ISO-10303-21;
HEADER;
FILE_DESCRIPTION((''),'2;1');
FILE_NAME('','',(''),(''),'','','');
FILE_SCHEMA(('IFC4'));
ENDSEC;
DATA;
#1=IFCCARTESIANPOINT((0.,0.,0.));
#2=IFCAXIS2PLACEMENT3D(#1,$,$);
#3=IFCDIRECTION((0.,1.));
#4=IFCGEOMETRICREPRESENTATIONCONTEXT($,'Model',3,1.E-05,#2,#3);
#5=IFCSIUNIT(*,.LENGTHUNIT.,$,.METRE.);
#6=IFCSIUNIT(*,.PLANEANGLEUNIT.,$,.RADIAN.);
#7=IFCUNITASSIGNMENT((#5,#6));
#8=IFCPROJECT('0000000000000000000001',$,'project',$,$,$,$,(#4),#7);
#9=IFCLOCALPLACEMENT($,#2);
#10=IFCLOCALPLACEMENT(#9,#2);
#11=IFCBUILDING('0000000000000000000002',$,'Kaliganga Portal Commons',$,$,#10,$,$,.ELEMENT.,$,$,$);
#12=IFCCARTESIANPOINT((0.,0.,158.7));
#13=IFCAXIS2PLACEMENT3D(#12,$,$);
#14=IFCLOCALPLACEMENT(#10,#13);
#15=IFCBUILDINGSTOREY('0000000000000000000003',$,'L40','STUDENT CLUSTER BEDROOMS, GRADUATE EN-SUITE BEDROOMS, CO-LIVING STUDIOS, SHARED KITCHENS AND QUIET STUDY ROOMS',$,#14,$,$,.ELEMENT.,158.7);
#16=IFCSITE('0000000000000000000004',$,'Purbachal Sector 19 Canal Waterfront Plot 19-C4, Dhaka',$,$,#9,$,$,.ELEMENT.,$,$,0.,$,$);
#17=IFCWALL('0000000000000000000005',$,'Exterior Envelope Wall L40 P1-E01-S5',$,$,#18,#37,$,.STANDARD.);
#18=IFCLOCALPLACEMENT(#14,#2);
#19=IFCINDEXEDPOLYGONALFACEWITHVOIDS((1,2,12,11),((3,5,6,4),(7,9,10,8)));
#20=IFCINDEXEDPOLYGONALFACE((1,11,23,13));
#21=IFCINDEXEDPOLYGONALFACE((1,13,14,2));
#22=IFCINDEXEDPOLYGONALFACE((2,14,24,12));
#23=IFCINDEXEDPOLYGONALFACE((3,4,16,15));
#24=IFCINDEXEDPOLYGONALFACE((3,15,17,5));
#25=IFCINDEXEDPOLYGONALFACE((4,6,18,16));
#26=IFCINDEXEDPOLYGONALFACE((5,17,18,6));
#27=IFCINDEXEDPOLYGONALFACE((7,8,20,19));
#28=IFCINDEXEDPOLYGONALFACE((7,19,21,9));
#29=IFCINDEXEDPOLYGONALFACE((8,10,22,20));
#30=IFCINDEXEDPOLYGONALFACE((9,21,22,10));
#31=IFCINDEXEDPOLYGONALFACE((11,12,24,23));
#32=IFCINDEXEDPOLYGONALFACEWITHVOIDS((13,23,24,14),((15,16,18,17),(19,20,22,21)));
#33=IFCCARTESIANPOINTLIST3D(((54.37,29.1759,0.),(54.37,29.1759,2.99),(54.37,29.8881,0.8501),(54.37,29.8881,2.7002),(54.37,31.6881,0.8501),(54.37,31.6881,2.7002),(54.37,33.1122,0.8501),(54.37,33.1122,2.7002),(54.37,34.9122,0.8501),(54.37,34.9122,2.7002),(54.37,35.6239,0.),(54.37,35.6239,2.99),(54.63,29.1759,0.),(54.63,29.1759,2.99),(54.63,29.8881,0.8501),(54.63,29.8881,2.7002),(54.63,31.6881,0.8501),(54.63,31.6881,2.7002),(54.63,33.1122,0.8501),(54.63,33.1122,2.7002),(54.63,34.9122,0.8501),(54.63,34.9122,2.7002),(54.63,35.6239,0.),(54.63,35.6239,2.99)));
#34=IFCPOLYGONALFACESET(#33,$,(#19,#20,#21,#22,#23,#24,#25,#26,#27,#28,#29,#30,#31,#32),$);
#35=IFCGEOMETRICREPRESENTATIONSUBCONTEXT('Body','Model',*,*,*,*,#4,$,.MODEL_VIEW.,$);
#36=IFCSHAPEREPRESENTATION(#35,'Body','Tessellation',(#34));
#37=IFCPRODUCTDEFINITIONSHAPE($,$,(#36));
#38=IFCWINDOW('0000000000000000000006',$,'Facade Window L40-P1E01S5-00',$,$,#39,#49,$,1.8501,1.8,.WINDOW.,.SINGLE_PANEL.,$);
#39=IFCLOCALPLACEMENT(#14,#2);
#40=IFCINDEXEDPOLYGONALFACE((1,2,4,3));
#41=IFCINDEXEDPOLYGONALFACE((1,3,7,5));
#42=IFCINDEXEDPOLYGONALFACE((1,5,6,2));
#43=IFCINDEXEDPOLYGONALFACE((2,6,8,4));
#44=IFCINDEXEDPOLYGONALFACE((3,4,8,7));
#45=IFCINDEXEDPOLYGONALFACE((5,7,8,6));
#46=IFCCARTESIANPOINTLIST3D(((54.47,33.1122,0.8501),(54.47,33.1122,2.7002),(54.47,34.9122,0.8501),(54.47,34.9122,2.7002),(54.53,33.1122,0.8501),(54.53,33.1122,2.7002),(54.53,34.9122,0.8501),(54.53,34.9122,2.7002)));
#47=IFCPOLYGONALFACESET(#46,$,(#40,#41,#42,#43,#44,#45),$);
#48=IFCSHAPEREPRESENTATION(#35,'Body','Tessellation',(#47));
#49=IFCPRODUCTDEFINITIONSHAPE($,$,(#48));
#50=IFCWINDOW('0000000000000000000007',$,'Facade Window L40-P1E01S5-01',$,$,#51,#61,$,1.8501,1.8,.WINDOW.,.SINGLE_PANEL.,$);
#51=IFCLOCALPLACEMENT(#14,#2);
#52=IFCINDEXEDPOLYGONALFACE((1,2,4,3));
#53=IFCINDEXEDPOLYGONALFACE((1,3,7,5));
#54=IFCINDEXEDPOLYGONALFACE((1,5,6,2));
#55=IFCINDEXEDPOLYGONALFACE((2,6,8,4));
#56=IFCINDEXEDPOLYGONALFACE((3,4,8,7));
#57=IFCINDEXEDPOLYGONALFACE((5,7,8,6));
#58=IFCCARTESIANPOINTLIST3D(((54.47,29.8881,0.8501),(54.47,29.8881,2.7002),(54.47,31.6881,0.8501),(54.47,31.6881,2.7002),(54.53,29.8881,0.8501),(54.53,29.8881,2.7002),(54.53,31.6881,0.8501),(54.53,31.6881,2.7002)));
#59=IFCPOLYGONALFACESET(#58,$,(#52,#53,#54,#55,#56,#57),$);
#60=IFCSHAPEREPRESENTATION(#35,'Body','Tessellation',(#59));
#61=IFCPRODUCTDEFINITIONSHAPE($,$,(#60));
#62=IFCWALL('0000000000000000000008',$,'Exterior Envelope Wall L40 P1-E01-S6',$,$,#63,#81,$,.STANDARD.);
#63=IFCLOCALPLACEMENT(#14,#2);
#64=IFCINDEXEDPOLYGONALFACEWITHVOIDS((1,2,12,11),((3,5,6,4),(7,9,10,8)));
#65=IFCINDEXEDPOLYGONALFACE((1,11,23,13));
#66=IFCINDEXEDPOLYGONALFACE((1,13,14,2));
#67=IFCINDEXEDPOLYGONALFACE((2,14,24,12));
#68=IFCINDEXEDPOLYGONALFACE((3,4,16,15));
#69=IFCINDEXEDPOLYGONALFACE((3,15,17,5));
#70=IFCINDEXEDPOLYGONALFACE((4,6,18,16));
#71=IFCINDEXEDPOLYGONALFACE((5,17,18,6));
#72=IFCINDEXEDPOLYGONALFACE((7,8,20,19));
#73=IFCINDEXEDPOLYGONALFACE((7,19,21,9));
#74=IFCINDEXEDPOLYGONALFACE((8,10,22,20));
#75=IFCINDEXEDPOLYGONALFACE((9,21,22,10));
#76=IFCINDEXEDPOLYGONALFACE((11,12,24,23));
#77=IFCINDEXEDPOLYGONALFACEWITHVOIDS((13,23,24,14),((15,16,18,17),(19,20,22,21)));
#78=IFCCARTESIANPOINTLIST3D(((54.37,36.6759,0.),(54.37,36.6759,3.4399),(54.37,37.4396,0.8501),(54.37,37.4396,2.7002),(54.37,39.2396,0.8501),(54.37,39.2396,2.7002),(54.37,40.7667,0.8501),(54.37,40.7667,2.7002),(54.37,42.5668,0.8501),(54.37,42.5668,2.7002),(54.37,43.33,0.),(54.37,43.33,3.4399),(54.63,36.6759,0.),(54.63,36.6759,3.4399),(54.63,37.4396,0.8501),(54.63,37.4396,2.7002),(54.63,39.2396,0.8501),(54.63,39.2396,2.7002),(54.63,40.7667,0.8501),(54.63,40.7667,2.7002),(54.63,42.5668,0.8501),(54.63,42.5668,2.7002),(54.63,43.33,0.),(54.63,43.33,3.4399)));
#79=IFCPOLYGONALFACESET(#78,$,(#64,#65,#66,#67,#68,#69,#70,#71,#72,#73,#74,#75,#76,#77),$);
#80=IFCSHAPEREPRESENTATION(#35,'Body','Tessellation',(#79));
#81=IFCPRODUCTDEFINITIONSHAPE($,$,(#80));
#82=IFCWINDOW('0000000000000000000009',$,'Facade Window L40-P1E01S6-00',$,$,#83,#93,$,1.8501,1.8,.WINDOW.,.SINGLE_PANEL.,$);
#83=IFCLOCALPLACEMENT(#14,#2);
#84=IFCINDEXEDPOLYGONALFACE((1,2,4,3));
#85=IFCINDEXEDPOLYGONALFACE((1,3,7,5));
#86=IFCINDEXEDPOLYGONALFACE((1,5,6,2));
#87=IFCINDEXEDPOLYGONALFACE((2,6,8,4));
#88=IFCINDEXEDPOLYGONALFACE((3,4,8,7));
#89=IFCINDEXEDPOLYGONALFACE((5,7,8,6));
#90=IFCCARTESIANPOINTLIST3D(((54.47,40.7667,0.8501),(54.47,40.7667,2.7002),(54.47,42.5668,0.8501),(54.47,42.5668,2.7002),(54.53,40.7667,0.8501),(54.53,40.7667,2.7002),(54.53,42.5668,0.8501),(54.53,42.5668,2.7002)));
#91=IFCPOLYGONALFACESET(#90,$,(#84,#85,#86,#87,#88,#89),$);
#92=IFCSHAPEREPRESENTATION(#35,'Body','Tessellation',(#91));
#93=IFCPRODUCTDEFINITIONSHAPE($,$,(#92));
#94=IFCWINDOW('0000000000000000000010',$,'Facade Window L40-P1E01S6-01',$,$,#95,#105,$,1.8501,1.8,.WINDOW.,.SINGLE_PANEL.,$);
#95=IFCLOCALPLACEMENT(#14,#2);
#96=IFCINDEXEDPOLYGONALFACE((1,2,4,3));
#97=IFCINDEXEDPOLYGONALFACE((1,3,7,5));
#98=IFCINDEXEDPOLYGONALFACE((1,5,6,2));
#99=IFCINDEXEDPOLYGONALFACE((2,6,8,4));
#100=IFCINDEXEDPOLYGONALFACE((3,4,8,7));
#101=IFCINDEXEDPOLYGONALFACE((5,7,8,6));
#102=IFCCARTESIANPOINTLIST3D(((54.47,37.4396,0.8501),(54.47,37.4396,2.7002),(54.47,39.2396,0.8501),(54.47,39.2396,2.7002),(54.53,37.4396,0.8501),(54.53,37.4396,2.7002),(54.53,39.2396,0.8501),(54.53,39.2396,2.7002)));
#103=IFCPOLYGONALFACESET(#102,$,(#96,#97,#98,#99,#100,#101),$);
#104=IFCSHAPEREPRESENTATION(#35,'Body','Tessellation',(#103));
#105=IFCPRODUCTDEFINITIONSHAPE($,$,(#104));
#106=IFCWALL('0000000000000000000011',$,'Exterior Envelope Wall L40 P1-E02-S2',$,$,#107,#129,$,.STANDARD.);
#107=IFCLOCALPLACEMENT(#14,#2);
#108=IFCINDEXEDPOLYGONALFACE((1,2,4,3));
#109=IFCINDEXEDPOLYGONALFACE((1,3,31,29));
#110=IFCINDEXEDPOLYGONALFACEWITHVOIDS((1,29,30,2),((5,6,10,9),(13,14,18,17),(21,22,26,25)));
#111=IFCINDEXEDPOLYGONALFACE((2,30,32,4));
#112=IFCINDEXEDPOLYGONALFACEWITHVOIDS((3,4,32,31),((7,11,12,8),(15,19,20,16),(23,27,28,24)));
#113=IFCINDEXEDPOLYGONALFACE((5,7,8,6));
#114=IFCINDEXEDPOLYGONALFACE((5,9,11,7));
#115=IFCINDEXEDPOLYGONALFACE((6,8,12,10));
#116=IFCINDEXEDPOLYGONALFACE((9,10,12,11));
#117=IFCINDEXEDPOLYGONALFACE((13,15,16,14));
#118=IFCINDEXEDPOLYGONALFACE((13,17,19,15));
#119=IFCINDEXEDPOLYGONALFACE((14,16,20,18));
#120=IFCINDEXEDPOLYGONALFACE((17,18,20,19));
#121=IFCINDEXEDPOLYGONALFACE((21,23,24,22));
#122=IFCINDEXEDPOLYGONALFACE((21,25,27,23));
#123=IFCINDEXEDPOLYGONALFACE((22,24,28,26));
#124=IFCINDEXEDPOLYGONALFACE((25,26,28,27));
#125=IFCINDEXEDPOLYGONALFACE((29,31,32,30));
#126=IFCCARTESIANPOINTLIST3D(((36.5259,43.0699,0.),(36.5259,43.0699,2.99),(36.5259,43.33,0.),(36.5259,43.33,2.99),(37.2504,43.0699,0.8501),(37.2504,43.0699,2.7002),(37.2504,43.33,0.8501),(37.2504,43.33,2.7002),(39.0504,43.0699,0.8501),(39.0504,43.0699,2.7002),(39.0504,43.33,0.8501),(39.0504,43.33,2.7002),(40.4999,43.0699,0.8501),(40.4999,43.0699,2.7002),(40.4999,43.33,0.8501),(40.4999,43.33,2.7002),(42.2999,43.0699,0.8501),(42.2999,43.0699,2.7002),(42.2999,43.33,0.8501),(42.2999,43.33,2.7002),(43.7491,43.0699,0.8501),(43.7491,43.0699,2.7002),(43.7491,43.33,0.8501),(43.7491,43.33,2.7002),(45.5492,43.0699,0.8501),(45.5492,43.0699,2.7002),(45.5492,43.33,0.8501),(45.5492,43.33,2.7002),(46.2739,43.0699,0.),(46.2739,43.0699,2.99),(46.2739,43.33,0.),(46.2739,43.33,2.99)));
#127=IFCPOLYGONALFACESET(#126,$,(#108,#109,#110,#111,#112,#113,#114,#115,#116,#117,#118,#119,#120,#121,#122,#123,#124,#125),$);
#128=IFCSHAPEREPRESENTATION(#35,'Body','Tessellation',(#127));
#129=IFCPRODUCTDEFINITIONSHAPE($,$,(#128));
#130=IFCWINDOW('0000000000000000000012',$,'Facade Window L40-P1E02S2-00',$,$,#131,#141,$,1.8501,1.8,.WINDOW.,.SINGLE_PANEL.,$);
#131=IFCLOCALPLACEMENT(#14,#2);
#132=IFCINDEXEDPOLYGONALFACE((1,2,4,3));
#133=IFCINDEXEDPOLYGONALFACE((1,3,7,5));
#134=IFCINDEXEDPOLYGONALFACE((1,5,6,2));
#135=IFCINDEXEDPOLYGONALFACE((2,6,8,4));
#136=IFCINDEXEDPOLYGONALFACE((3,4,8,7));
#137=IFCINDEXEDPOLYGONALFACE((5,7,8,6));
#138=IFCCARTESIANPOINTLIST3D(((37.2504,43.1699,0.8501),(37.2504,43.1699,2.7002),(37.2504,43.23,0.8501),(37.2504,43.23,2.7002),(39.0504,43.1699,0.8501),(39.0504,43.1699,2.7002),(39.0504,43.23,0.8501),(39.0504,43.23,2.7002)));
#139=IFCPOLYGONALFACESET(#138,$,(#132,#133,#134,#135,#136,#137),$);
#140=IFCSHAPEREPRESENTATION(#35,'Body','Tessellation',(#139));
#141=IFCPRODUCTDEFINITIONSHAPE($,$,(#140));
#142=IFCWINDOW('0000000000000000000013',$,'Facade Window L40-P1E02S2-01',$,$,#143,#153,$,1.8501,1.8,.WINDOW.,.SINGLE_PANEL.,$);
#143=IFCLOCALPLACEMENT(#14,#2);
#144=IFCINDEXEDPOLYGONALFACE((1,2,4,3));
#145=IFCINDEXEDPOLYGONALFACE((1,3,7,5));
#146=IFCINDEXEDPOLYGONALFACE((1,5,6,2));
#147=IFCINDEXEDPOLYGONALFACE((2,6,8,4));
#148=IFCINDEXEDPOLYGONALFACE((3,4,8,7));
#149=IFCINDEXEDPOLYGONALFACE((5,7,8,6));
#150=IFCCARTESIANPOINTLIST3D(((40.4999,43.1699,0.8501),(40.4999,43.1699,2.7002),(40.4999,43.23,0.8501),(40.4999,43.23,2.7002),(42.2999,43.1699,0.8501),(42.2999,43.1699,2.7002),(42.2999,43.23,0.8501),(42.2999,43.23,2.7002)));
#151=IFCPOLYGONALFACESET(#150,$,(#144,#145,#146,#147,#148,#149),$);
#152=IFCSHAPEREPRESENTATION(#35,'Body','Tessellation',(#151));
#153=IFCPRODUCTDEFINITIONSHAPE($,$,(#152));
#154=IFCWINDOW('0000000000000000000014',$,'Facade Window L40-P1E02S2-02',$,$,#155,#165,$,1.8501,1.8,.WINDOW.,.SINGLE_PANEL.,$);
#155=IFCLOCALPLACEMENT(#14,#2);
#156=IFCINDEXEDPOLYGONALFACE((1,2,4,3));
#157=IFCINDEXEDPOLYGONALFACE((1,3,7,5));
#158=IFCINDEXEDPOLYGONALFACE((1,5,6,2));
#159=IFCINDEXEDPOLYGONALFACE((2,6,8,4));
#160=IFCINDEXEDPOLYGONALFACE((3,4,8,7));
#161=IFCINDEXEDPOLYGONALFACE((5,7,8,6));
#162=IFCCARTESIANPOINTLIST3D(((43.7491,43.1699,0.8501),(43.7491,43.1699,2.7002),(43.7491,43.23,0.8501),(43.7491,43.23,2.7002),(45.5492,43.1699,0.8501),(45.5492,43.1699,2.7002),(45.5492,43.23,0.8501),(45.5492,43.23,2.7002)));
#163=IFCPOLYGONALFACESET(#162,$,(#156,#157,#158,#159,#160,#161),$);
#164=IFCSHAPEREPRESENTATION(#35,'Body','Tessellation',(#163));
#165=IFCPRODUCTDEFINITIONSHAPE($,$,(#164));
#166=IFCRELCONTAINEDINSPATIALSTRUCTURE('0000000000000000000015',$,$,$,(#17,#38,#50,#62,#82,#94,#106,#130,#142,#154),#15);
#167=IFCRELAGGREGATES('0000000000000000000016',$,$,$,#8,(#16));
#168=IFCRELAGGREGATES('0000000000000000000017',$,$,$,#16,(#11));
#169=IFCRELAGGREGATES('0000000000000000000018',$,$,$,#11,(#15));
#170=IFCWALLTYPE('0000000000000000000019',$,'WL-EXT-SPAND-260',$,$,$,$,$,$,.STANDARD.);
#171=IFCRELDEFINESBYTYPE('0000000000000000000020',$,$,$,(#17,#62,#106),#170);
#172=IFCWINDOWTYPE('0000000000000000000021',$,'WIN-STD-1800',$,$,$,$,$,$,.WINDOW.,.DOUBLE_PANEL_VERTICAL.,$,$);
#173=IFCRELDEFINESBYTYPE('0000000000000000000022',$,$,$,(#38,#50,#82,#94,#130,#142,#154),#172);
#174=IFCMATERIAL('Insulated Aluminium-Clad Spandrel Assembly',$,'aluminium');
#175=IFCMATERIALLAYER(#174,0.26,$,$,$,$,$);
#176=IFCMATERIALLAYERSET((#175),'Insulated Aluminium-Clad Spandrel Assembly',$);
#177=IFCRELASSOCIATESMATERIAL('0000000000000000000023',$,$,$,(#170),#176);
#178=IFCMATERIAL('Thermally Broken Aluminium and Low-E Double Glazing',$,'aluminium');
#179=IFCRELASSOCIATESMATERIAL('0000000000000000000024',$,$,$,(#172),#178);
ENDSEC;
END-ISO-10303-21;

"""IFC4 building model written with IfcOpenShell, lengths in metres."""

from ifc_helpers import new_model, si_unit, direction, frame, frame_2d, origin, place, context, subcontext, project, spatial, rectangle, extrude, material, layer, layer_set, type_object, element, fill, save


model = new_model("IFC4")

# Units and contexts
model_context = context("Model", 3, precision=1e-05, world=origin(), true_north=direction((0.0, 1.0)))
body_context = subcontext(model_context, "Body", "Model", "MODEL_VIEW")
ifc_project = project(units=[si_unit("LENGTHUNIT", "METRE"), si_unit("PLANEANGLEUNIT", "RADIAN")], contexts=[model_context])

# Site, building, storey
site_placement = place(None, origin())
site = spatial("IfcSite", under=ifc_project, at=site_placement, Name="Purbachal Sector 19 Canal Waterfront Plot 19-C4, Dhaka", CompositionType="ELEMENT", RefElevation=0.0)
building_placement = place(site_placement, origin())
building = spatial("IfcBuilding", under=site, at=building_placement, Name="Kaliganga Portal Commons", CompositionType="ELEMENT")
storey_placement = place(building_placement, frame((0.0, 0.0, 158.7)))
storey = spatial("IfcBuildingStorey", under=building, at=storey_placement, Name="L40", Description="STUDENT CLUSTER BEDROOMS, GRADUATE EN-SUITE BEDROOMS, CO-LIVING STUDIOS, SHARED KITCHENS AND QUIET STUDY ROOMS", CompositionType="ELEMENT", Elevation=158.7)

# Walls, openings, windows
ifc_material_1 = material(Name="Insulated Aluminium-Clad Spandrel Assembly", Category="aluminium")
ifc_layer_1 = layer(ifc_material_1, 0.26)
ifc_layer_set_1 = layer_set([ifc_layer_1], Name="Insulated Aluminium-Clad Spandrel Assembly")
wall_type_1 = type_object("IfcWallType", Name="WL-EXT-SPAND-260", PredefinedType="STANDARD", material=ifc_layer_set_1)
wall_1_placement = place(storey_placement, frame((54.5, 35.624, 0.0), z_axis=(0.0, 0.0, 1.0), x_axis=(0.0, -1.0, 0.0)))
wall_1 = element("IfcWall", 1, at=wall_1_placement, inside=storey, type_object=wall_type_1, Name="Exterior Envelope Wall L40 P1-E01-S5", PredefinedType="STANDARD", context=body_context, shape_type="SweptSolid", body=[
    extrude(rectangle(XDim=6.448, YDim=0.26, at=frame_2d((3.2241, 0.0))), origin(), (0.0, 0.0, 1.0), 2.99),
])
opening_1_placement = place(wall_1_placement, frame((0.7119, 0.0, 0.8501)))
opening_1 = element("IfcOpeningElement", 2, at=opening_1_placement, cuts=wall_1, PredefinedType="OPENING", context=body_context, shape_type="SweptSolid", body=[
    extrude(rectangle(XDim=1.8, YDim=1.8501, at=frame_2d((0.8999, 0.925))), frame((0.0, 0.1401, 0.0), z_axis=(0.0, -1.0, 0.0), x_axis=(1.0, 0.0, 0.0)), (0.0, 0.0, 1.0), 0.28),
])
opening_2_placement = place(wall_1_placement, frame((3.936, 0.0, 0.8501)))
opening_2 = element("IfcOpeningElement", 3, at=opening_2_placement, cuts=wall_1, PredefinedType="OPENING", context=body_context, shape_type="SweptSolid", body=[
    extrude(rectangle(XDim=1.8, YDim=1.8501, at=frame_2d((0.8999, 0.925))), frame((0.0, 0.1401, 0.0), z_axis=(0.0, -1.0, 0.0), x_axis=(1.0, 0.0, 0.0)), (0.0, 0.0, 1.0), 0.28),
])
ifc_material_2 = material(Name="Thermally Broken Aluminium and Low-E Double Glazing", Category="aluminium")
window_type = type_object("IfcWindowType", Name="WIN-STD-1800", PartitioningType="DOUBLE_PANEL_VERTICAL", PredefinedType="WINDOW", material=ifc_material_2)
window_1_placement = place(opening_1_placement, origin())
window_1 = element("IfcWindow", 4, at=window_1_placement, inside=storey, type_object=window_type, Name="Facade Window L40-P1E01S5-00", OverallHeight=1.8501, OverallWidth=1.8, PartitioningType="SINGLE_PANEL", PredefinedType="WINDOW", context=body_context, shape_type="SweptSolid", body=[
    extrude(rectangle(XDim=1.8, YDim=1.8501, at=frame_2d((0.8999, 0.925))), frame((0.0, 0.03, 0.0), z_axis=(0.0, -1.0, 0.0), x_axis=(1.0, 0.0, 0.0)), (0.0, 0.0, 1.0), 0.0601),
])
fill(opening_1, window_1)
window_2_placement = place(opening_2_placement, origin())
window_2 = element("IfcWindow", 5, at=window_2_placement, inside=storey, type_object=window_type, Name="Facade Window L40-P1E01S5-01", OverallHeight=1.8501, OverallWidth=1.8, PartitioningType="SINGLE_PANEL", PredefinedType="WINDOW", context=body_context, shape_type="SweptSolid", body=[
    extrude(rectangle(XDim=1.8, YDim=1.8501, at=frame_2d((0.8999, 0.925))), frame((0.0, 0.03, 0.0), z_axis=(0.0, -1.0, 0.0), x_axis=(1.0, 0.0, 0.0)), (0.0, 0.0, 1.0), 0.0601),
])
fill(opening_2, window_2)
wall_2_placement = place(storey_placement, frame((54.5, 43.3301, 0.0), z_axis=(0.0, 0.0, 1.0), x_axis=(0.0, -1.0, 0.0)))
wall_2 = element("IfcWall", 6, at=wall_2_placement, inside=storey, type_object=wall_type_1, Name="Exterior Envelope Wall L40 P1-E01-S6", PredefinedType="STANDARD", context=body_context, shape_type="SweptSolid", body=[
    extrude(rectangle(XDim=6.6541, YDim=0.26, at=frame_2d((3.3271, 0.0))), origin(), (0.0, 0.0, 1.0), 3.4399),
])
opening_3_placement = place(wall_2_placement, frame((0.7634, 0.0, 0.8501)))
opening_3 = element("IfcOpeningElement", 7, at=opening_3_placement, cuts=wall_2, PredefinedType="OPENING", context=body_context, shape_type="SweptSolid", body=[
    extrude(rectangle(XDim=1.8, YDim=1.8501, at=frame_2d((0.8999, 0.925))), frame((0.0, 0.1401, 0.0), z_axis=(0.0, -1.0, 0.0), x_axis=(1.0, 0.0, 0.0)), (0.0, 0.0, 1.0), 0.28),
])
opening_4_placement = place(wall_2_placement, frame((4.0906, 0.0, 0.8501)))
opening_4 = element("IfcOpeningElement", 8, at=opening_4_placement, cuts=wall_2, PredefinedType="OPENING", context=body_context, shape_type="SweptSolid", body=[
    extrude(rectangle(XDim=1.8, YDim=1.8501, at=frame_2d((0.8999, 0.925))), frame((0.0, 0.1401, 0.0), z_axis=(0.0, -1.0, 0.0), x_axis=(1.0, 0.0, 0.0)), (0.0, 0.0, 1.0), 0.28),
])
window_3_placement = place(opening_3_placement, origin())
window_3 = element("IfcWindow", 9, at=window_3_placement, inside=storey, type_object=window_type, Name="Facade Window L40-P1E01S6-00", OverallHeight=1.8501, OverallWidth=1.8, PartitioningType="SINGLE_PANEL", PredefinedType="WINDOW", context=body_context, shape_type="SweptSolid", body=[
    extrude(rectangle(XDim=1.8, YDim=1.8501, at=frame_2d((0.8999, 0.925))), frame((0.0, 0.03, 0.0), z_axis=(0.0, -1.0, 0.0), x_axis=(1.0, 0.0, 0.0)), (0.0, 0.0, 1.0), 0.0601),
])
fill(opening_3, window_3)
window_4_placement = place(opening_4_placement, origin())
window_4 = element("IfcWindow", 10, at=window_4_placement, inside=storey, type_object=window_type, Name="Facade Window L40-P1E01S6-01", OverallHeight=1.8501, OverallWidth=1.8, PartitioningType="SINGLE_PANEL", PredefinedType="WINDOW", context=body_context, shape_type="SweptSolid", body=[
    extrude(rectangle(XDim=1.8, YDim=1.8501, at=frame_2d((0.8999, 0.925))), frame((0.0, 0.03, 0.0), z_axis=(0.0, -1.0, 0.0), x_axis=(1.0, 0.0, 0.0)), (0.0, 0.0, 1.0), 0.0601),
])
fill(opening_4, window_4)

# Wall, openings, windows
wall_3_placement = place(storey_placement, frame((36.5259, 43.2, 0.0), z_axis=(0.0, 0.0, 1.0), x_axis=(1.0, 0.0, 0.0)))
wall_3 = element("IfcWall", 11, at=wall_3_placement, inside=storey, type_object=wall_type_1, Name="Exterior Envelope Wall L40 P1-E02-S2", PredefinedType="STANDARD", context=body_context, shape_type="SweptSolid", body=[
    extrude(rectangle(XDim=9.748, YDim=0.26, at=frame_2d((4.874, 0.0))), origin(), (0.0, 0.0, 1.0), 2.99),
])
opening_5_placement = place(wall_3_placement, frame((0.7246, 0.0, 0.8501)))
opening_5 = element("IfcOpeningElement", 12, at=opening_5_placement, cuts=wall_3, PredefinedType="OPENING", context=body_context, shape_type="SweptSolid", body=[
    extrude(rectangle(XDim=1.8, YDim=1.8501, at=frame_2d((0.8999, 0.925))), frame((0.0, 0.1401, 0.0), z_axis=(0.0, -1.0, 0.0), x_axis=(1.0, 0.0, 0.0)), (0.0, 0.0, 1.0), 0.28),
])
opening_6_placement = place(wall_3_placement, frame((3.9741, 0.0, 0.8501)))
opening_6 = element("IfcOpeningElement", 13, at=opening_6_placement, cuts=wall_3, PredefinedType="OPENING", context=body_context, shape_type="SweptSolid", body=[
    extrude(rectangle(XDim=1.8, YDim=1.8501, at=frame_2d((0.8999, 0.925))), frame((0.0, 0.1401, 0.0), z_axis=(0.0, -1.0, 0.0), x_axis=(1.0, 0.0, 0.0)), (0.0, 0.0, 1.0), 0.28),
])
opening_7_placement = place(wall_3_placement, frame((7.2234, 0.0, 0.8501)))
opening_7 = element("IfcOpeningElement", 14, at=opening_7_placement, cuts=wall_3, PredefinedType="OPENING", context=body_context, shape_type="SweptSolid", body=[
    extrude(rectangle(XDim=1.8, YDim=1.8501, at=frame_2d((0.8999, 0.925))), frame((0.0, 0.1401, 0.0), z_axis=(0.0, -1.0, 0.0), x_axis=(1.0, 0.0, 0.0)), (0.0, 0.0, 1.0), 0.28),
])
window_5_placement = place(opening_5_placement, origin())
window_5 = element("IfcWindow", 15, at=window_5_placement, inside=storey, type_object=window_type, Name="Facade Window L40-P1E02S2-00", OverallHeight=1.8501, OverallWidth=1.8, PartitioningType="SINGLE_PANEL", PredefinedType="WINDOW", context=body_context, shape_type="SweptSolid", body=[
    extrude(rectangle(XDim=1.8, YDim=1.8501, at=frame_2d((0.8999, 0.925))), frame((0.0, 0.03, 0.0), z_axis=(0.0, -1.0, 0.0), x_axis=(1.0, 0.0, 0.0)), (0.0, 0.0, 1.0), 0.0601),
])
fill(opening_5, window_5)
window_6_placement = place(opening_6_placement, origin())
window_6 = element("IfcWindow", 16, at=window_6_placement, inside=storey, type_object=window_type, Name="Facade Window L40-P1E02S2-01", OverallHeight=1.8501, OverallWidth=1.8, PartitioningType="SINGLE_PANEL", PredefinedType="WINDOW", context=body_context, shape_type="SweptSolid", body=[
    extrude(rectangle(XDim=1.8, YDim=1.8501, at=frame_2d((0.8999, 0.925))), frame((0.0, 0.03, 0.0), z_axis=(0.0, -1.0, 0.0), x_axis=(1.0, 0.0, 0.0)), (0.0, 0.0, 1.0), 0.0601),
])
fill(opening_6, window_6)
window_7_placement = place(opening_7_placement, origin())
window_7 = element("IfcWindow", 17, at=window_7_placement, inside=storey, type_object=window_type, Name="Facade Window L40-P1E02S2-02", OverallHeight=1.8501, OverallWidth=1.8, PartitioningType="SINGLE_PANEL", PredefinedType="WINDOW", context=body_context, shape_type="SweptSolid", body=[
    extrude(rectangle(XDim=1.8, YDim=1.8501, at=frame_2d((0.8999, 0.925))), frame((0.0, 0.03, 0.0), z_axis=(0.0, -1.0, 0.0), x_axis=(1.0, 0.0, 0.0)), (0.0, 0.0, 1.0), 0.0601),
])
fill(opening_7, window_7)

save(model, "model.ifc")
